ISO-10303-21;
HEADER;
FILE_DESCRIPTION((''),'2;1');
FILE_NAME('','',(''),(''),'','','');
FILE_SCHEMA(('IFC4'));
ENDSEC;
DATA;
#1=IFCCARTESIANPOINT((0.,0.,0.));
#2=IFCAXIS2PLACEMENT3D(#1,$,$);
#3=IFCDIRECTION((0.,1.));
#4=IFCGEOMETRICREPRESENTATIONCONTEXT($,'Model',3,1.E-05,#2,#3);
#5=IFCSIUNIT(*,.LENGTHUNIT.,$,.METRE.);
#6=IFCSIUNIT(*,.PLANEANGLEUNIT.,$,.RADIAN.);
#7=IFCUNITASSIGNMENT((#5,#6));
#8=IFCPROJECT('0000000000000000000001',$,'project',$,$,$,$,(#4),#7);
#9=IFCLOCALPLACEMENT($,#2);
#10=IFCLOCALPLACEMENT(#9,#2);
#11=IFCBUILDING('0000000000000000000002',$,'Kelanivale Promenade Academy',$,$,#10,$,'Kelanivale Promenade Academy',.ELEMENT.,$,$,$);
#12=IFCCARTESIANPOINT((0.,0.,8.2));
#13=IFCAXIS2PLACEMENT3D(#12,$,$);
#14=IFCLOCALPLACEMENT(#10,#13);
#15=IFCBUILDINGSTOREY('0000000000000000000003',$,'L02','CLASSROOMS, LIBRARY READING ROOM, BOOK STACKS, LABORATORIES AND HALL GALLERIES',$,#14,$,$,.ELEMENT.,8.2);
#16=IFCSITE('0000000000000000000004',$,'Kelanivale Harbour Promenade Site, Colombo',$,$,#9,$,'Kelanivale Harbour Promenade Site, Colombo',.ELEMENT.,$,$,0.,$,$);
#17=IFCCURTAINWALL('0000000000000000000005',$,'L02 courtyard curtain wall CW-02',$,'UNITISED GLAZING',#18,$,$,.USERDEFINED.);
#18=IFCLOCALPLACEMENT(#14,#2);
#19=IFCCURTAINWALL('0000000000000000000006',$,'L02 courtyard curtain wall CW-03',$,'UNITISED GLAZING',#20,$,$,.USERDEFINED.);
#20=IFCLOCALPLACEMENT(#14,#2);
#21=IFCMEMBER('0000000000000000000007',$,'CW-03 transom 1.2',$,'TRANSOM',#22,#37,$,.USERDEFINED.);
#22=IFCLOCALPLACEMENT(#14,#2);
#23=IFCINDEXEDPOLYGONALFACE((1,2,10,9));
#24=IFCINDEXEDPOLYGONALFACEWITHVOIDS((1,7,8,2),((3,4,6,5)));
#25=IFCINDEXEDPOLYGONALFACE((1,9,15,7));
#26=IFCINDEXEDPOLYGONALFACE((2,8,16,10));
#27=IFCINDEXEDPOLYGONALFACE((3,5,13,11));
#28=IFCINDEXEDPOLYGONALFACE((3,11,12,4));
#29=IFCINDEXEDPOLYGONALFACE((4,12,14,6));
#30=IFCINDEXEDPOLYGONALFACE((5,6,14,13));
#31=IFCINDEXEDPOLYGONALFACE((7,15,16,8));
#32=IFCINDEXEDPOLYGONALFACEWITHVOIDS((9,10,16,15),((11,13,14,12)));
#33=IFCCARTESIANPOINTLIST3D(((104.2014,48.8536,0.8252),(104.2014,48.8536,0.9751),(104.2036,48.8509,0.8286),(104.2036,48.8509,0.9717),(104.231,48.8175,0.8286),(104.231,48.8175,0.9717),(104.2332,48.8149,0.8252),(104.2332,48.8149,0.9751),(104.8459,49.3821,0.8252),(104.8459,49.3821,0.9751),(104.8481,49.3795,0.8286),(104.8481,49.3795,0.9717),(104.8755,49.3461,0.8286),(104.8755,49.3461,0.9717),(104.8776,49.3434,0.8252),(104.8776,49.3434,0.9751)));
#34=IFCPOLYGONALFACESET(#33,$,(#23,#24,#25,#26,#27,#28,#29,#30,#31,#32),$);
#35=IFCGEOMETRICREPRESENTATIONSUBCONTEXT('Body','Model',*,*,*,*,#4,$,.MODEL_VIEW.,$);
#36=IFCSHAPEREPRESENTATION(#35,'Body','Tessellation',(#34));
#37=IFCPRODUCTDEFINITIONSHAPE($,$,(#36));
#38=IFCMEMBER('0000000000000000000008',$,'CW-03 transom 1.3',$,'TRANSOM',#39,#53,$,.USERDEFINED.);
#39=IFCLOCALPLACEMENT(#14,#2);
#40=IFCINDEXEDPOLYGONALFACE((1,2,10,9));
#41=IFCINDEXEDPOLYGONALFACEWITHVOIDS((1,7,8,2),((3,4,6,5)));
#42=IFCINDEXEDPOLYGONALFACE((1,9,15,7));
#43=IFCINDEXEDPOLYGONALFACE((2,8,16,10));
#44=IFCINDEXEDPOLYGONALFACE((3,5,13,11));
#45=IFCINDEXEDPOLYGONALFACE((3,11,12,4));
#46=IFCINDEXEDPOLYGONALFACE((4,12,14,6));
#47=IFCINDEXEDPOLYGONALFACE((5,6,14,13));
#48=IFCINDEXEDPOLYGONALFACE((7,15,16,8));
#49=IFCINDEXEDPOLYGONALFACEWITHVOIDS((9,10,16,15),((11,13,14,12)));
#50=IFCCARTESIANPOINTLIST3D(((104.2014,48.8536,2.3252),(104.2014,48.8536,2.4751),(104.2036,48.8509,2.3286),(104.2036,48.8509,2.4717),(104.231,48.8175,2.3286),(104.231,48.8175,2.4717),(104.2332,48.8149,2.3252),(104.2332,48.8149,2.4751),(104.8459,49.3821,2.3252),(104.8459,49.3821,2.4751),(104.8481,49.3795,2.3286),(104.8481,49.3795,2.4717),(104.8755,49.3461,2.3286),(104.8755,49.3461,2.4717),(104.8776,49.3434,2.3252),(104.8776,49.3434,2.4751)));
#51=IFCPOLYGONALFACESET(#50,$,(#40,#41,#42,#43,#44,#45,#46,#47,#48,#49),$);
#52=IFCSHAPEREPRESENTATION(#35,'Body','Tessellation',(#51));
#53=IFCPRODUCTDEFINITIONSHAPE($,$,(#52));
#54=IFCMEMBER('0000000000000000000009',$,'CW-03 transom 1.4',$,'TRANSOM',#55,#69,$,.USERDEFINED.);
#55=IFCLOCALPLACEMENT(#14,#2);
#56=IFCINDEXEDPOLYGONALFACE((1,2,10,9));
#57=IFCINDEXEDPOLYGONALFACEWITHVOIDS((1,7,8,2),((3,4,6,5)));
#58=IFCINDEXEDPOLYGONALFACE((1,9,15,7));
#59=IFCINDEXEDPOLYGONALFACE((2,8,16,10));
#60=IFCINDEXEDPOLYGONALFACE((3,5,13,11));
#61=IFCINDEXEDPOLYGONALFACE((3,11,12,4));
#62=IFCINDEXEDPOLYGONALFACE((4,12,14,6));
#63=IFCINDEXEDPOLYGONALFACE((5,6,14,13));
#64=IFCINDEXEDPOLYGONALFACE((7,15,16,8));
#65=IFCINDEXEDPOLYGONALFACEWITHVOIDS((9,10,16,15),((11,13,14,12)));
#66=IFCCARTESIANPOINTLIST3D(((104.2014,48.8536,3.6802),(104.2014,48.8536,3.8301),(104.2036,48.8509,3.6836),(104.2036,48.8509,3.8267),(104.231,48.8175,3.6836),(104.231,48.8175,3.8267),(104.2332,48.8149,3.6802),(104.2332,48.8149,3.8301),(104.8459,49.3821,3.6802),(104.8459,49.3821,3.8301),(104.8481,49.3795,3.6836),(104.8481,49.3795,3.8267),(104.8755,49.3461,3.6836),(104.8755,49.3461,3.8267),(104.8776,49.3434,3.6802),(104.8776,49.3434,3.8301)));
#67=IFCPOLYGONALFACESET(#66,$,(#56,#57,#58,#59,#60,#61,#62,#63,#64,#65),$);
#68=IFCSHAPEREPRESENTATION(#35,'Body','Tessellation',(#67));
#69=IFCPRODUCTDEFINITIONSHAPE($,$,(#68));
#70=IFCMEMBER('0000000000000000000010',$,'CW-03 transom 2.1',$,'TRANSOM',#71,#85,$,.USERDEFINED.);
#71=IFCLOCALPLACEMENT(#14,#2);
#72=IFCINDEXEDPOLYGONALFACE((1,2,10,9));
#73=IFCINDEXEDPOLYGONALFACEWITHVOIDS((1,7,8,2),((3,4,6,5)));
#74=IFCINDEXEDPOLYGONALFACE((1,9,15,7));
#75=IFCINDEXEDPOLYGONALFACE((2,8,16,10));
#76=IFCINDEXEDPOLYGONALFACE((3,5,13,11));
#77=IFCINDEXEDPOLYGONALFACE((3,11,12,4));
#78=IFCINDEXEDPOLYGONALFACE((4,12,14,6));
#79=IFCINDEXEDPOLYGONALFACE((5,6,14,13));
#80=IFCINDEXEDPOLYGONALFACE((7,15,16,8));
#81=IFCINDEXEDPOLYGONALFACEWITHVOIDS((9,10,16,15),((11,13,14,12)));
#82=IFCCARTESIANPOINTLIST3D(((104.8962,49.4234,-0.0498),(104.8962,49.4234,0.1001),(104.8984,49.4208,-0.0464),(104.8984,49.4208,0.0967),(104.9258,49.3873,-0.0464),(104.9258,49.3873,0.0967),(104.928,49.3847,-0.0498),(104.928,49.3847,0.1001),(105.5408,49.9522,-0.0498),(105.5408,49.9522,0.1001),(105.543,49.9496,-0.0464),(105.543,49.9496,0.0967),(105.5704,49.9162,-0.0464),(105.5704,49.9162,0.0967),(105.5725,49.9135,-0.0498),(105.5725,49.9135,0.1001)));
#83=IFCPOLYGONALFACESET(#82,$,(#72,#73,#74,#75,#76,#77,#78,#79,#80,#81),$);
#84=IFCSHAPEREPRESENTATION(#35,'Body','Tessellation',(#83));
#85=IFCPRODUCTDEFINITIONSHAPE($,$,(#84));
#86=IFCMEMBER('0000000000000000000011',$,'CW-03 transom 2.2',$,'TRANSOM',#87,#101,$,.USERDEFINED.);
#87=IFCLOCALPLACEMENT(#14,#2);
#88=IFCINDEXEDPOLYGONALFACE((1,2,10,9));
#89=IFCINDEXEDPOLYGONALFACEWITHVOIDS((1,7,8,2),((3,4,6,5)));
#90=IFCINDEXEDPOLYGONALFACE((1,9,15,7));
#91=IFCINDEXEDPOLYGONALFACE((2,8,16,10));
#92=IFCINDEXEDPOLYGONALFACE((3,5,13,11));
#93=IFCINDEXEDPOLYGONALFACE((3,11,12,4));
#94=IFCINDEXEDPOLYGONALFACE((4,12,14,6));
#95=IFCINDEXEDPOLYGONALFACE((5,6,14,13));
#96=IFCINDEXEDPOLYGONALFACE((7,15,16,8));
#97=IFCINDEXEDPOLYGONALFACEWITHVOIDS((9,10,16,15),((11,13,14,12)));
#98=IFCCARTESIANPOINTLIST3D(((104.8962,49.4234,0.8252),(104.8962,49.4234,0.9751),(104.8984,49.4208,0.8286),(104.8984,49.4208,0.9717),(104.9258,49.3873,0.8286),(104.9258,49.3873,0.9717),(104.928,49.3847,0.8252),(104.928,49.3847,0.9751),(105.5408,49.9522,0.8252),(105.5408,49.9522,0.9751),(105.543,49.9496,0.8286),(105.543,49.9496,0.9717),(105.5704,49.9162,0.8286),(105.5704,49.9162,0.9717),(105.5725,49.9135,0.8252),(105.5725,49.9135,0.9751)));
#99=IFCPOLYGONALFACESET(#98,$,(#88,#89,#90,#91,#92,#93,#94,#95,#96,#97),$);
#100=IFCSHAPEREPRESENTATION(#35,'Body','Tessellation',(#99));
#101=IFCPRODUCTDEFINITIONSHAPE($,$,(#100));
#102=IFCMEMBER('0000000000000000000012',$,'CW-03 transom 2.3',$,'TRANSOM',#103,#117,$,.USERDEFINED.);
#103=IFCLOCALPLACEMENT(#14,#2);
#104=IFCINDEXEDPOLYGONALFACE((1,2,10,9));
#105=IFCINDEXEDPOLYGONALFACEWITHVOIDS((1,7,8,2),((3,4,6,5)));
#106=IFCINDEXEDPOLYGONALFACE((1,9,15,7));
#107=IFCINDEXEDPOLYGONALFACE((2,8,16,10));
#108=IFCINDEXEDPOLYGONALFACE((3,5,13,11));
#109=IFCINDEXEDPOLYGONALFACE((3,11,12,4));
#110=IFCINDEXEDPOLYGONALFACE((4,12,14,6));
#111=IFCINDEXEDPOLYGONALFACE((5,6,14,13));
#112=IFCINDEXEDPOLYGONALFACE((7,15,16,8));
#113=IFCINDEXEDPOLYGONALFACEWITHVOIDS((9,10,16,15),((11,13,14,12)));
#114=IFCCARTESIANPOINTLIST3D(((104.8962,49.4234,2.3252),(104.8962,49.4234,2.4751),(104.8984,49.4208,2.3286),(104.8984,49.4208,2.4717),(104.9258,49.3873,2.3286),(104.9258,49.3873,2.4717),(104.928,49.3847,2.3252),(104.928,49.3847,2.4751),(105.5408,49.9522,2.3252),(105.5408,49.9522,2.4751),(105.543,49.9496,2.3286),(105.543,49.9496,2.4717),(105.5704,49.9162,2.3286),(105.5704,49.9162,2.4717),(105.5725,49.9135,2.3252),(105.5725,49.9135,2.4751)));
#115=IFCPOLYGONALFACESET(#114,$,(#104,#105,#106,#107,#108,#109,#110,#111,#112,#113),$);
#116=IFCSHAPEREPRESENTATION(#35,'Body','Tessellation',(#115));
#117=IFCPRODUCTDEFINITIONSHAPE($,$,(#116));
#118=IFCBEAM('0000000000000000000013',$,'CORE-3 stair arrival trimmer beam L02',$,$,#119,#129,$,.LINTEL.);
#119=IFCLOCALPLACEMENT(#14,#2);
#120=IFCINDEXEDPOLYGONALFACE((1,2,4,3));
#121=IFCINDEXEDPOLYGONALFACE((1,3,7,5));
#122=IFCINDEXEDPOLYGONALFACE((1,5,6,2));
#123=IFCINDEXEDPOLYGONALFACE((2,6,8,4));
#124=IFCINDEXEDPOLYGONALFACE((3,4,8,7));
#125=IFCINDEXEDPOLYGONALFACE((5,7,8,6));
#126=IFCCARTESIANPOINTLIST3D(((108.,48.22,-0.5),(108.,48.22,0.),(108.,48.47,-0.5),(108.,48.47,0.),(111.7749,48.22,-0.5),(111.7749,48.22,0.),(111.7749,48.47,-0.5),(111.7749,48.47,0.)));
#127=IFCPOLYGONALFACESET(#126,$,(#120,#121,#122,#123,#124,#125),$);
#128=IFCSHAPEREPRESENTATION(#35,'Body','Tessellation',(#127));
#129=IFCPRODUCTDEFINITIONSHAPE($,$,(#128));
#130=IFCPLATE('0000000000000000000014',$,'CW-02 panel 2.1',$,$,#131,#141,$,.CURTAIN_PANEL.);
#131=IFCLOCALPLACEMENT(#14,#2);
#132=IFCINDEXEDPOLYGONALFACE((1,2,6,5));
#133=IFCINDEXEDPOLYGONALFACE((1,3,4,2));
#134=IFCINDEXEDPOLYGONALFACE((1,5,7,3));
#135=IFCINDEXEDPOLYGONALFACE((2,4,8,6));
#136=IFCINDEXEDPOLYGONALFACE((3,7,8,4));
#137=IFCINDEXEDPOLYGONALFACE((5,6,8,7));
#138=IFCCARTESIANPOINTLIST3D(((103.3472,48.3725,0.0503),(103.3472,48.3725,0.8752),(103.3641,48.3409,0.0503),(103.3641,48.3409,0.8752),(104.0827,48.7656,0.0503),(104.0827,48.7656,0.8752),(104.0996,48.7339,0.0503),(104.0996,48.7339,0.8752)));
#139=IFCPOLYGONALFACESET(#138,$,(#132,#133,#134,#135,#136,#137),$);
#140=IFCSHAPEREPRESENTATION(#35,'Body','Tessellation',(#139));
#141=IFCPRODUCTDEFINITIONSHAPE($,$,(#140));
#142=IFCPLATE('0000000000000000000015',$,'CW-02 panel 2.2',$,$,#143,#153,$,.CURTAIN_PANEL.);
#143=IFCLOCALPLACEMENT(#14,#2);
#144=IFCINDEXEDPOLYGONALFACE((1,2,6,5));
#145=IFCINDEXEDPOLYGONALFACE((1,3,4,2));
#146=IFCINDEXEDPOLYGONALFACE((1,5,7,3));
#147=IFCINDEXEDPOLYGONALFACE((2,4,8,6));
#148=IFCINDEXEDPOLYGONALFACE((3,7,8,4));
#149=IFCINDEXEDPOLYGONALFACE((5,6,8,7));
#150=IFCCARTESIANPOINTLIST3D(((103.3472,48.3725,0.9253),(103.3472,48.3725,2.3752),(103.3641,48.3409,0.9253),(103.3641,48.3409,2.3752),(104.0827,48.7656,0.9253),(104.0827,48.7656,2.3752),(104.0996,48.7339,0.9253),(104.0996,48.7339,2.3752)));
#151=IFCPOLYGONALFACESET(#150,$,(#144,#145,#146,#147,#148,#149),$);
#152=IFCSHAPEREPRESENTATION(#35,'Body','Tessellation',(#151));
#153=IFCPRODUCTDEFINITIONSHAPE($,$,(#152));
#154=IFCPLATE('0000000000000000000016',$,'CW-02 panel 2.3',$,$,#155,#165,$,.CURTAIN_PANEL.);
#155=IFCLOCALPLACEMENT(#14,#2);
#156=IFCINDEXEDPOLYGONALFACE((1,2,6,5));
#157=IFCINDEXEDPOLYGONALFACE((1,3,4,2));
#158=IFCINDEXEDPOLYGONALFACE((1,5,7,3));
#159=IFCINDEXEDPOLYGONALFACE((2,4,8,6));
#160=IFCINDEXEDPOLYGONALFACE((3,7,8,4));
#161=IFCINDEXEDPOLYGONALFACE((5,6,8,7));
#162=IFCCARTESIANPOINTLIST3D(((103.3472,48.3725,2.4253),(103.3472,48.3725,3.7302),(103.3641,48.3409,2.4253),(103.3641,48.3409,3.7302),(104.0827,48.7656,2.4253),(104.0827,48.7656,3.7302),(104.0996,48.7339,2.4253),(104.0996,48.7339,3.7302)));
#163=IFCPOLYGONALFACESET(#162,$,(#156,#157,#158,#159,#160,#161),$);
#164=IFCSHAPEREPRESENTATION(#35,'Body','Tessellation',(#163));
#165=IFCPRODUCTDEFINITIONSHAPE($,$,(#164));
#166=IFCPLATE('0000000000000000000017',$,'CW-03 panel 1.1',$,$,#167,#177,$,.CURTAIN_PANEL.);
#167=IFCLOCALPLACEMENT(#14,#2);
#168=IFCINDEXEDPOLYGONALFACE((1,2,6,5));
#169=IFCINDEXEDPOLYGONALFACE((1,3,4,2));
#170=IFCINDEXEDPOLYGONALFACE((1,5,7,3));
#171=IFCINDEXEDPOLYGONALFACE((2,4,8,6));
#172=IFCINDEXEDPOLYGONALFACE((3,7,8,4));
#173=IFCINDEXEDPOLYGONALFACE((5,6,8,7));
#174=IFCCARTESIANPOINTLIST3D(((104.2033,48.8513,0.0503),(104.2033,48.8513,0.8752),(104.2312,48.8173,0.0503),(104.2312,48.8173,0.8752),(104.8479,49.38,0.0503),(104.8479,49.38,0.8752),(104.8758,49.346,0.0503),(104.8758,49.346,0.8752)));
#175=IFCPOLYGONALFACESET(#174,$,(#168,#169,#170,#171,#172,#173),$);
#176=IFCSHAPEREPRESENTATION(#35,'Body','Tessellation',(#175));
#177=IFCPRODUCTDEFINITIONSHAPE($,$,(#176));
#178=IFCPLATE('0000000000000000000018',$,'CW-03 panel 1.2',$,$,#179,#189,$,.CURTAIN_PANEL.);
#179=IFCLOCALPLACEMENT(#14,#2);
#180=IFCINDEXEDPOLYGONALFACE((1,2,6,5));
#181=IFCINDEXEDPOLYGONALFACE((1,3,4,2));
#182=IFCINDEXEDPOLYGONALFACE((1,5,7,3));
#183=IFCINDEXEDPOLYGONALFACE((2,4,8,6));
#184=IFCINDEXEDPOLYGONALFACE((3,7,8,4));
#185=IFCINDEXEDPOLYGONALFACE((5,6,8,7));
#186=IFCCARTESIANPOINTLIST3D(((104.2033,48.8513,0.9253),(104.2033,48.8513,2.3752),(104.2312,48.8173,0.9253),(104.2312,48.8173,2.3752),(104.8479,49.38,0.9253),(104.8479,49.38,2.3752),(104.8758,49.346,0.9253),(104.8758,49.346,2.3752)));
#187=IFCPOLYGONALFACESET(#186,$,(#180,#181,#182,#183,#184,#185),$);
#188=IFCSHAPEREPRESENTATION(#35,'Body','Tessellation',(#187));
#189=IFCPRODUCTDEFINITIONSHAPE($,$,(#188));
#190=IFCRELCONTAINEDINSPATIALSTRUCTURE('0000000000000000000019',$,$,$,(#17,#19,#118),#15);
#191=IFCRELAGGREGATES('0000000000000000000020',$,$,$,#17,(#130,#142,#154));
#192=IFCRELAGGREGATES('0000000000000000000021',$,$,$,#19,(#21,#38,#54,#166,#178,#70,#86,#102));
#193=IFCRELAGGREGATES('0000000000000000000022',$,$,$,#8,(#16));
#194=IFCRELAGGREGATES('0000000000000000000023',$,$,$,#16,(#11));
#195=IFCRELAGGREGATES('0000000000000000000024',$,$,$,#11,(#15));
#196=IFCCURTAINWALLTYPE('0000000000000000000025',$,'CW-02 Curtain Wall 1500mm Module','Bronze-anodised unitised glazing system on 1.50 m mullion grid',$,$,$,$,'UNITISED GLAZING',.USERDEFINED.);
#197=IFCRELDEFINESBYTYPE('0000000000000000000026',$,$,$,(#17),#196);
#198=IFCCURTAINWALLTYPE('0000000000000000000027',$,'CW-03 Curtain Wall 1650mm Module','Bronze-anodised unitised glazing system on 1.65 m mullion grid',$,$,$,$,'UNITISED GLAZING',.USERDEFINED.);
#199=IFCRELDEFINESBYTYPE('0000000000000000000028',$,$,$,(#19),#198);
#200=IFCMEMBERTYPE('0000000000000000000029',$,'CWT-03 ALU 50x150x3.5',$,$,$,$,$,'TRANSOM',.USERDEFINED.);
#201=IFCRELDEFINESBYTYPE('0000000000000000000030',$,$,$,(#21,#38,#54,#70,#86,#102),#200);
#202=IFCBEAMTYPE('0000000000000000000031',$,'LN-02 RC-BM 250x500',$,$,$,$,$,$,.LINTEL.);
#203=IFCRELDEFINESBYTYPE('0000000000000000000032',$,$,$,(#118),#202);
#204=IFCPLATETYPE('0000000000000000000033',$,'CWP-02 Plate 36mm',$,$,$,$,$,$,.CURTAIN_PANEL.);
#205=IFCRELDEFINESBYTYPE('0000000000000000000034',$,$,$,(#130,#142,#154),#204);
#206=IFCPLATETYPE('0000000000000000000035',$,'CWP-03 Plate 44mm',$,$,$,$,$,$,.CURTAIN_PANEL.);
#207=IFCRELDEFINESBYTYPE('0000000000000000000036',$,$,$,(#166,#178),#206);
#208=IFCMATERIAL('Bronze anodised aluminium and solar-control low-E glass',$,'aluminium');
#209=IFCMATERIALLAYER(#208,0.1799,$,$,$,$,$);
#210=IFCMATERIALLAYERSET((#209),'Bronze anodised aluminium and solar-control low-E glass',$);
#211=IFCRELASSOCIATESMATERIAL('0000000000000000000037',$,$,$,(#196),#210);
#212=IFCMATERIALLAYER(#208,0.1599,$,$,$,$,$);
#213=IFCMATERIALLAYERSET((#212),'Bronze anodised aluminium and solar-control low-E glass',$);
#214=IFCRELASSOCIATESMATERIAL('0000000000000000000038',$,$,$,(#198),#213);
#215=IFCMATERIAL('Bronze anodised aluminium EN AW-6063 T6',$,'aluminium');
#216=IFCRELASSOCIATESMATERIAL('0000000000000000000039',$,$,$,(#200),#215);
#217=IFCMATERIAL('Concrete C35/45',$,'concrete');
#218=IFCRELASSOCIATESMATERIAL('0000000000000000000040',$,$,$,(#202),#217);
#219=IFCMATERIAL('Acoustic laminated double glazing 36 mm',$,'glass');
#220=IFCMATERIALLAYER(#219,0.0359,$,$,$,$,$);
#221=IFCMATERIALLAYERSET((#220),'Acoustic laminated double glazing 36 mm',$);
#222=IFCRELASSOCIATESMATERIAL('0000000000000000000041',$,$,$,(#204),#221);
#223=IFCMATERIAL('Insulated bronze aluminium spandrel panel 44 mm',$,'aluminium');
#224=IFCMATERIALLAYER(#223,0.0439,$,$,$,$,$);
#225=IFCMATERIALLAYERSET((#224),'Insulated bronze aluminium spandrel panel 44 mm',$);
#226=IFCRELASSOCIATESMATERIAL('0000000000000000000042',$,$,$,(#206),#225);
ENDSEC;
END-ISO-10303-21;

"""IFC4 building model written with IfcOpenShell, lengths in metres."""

from ifc_helpers import new_model, si_unit, direction, frame, origin, origin_2d, place, context, subcontext, project, spatial, rectangle, hollow_rectangle, extrude, material, layer, layer_set, material_profile, profile_set, type_object, element, aggregate, save


model = new_model("IFC4")

# Units and contexts
model_context = context("Model", 3, precision=1e-05, world=origin(), true_north=direction((0.0, 1.0)))
body_context = subcontext(model_context, "Body", "Model", "MODEL_VIEW")
ifc_project = project(units=[si_unit("LENGTHUNIT", "METRE"), si_unit("PLANEANGLEUNIT", "RADIAN")], contexts=[model_context])

# Site, building, storey
site_placement = place(None, origin())
site = spatial("IfcSite", under=ifc_project, at=site_placement, Name="Kelanivale Harbour Promenade Site, Colombo", LongName="Kelanivale Harbour Promenade Site, Colombo", CompositionType="ELEMENT", RefElevation=0.0)
building_placement = place(site_placement, origin())
building = spatial("IfcBuilding", under=site, at=building_placement, Name="Kelanivale Promenade Academy", LongName="Kelanivale Promenade Academy", CompositionType="ELEMENT")
storey_placement = place(building_placement, frame((0.0, 0.0, 8.2)))
storey = spatial("IfcBuildingStorey", under=building, at=storey_placement, Name="L02", Description="CLASSROOMS, LIBRARY READING ROOM, BOOK STACKS, LABORATORIES AND HALL GALLERIES", CompositionType="ELEMENT", Elevation=8.2)

# Curtain walls
ifc_material_1 = material(Name="Bronze anodised aluminium and solar-control low-E glass", Category="aluminium")
ifc_layer_1 = layer(ifc_material_1, 0.1799)
ifc_layer_set_1 = layer_set([ifc_layer_1], Name="Bronze anodised aluminium and solar-control low-E glass")
curtain_wall_type_1 = type_object("IfcCurtainWallType", Name="CW-02 Curtain Wall 1500mm Module", Description="Bronze-anodised unitised glazing system on 1.50 m mullion grid", ElementType="UNITISED GLAZING", PredefinedType="USERDEFINED", material=ifc_layer_set_1)
curtain_wall_1_placement = place(storey_placement, origin())
curtain_wall_1 = element("IfcCurtainWall", 1, at=curtain_wall_1_placement, inside=storey, type_object=curtain_wall_type_1, Name="L02 courtyard curtain wall CW-02", ObjectType="UNITISED GLAZING", PredefinedType="USERDEFINED")
ifc_material_2 = material(Name="Bronze anodised aluminium EN AW-6063 T6", Category="aluminium")
ifc_layer_2 = layer(ifc_material_1, 0.1599)
ifc_layer_set_2 = layer_set([ifc_layer_2], Name="Bronze anodised aluminium and solar-control low-E glass")
curtain_wall_type_2 = type_object("IfcCurtainWallType", Name="CW-03 Curtain Wall 1650mm Module", Description="Bronze-anodised unitised glazing system on 1.65 m mullion grid", ElementType="UNITISED GLAZING", PredefinedType="USERDEFINED", material=ifc_layer_set_2)
curtain_wall_2_placement = place(storey_placement, origin())
curtain_wall_2 = element("IfcCurtainWall", 2, at=curtain_wall_2_placement, inside=storey, type_object=curtain_wall_type_2, Name="L02 courtyard curtain wall CW-03", ObjectType="UNITISED GLAZING", PredefinedType="USERDEFINED")

# Members
ifc_material_profile_1 = material_profile(ifc_material_2, hollow_rectangle(XDim=0.05, YDim=0.1499, WallThickness=0.0034, at=origin_2d()), Name="ALU 50x150x3.5")
ifc_profile_set_1 = profile_set([ifc_material_profile_1], Name="Bronze anodised aluminium EN AW-6063 T6")
member_type_1 = type_object("IfcMemberType", Name="CWT-03 ALU 50x150x3.5", ElementType="TRANSOM", PredefinedType="USERDEFINED", material=ifc_profile_set_1)
member_1_placement = place(storey_placement, frame((104.2173, 48.8342, 0.9001), z_axis=(0.773239, 0.634115, 0.0), x_axis=(-0.634115, 0.773239, 0.0)))
member_1 = element("IfcMember", 3, at=member_1_placement, type_object=member_type_1, Name="CW-03 transom 1.2", ObjectType="TRANSOM", PredefinedType="USERDEFINED", context=body_context, shape_type="SweptSolid", body=[
    extrude(hollow_rectangle(XDim=0.05, YDim=0.1499, WallThickness=0.0034, at=origin_2d()), origin(), (0.0, 0.0, 1.0), 0.8335),
])
member_2_placement = place(storey_placement, frame((104.2173, 48.8342, 2.4001), z_axis=(0.773239, 0.634115, 0.0), x_axis=(-0.634115, 0.773239, 0.0)))
member_2 = element("IfcMember", 4, at=member_2_placement, type_object=member_type_1, Name="CW-03 transom 1.3", ObjectType="TRANSOM", PredefinedType="USERDEFINED", context=body_context, shape_type="SweptSolid", body=[
    extrude(hollow_rectangle(XDim=0.05, YDim=0.1499, WallThickness=0.0034, at=origin_2d()), origin(), (0.0, 0.0, 1.0), 0.8335),
])
member_3_placement = place(storey_placement, frame((104.2173, 48.8342, 3.7551), z_axis=(0.773239, 0.634115, 0.0), x_axis=(-0.634115, 0.773239, 0.0)))
member_3 = element("IfcMember", 5, at=member_3_placement, type_object=member_type_1, Name="CW-03 transom 1.4", ObjectType="TRANSOM", PredefinedType="USERDEFINED", context=body_context, shape_type="SweptSolid", body=[
    extrude(hollow_rectangle(XDim=0.05, YDim=0.1499, WallThickness=0.0034, at=origin_2d()), origin(), (0.0, 0.0, 1.0), 0.8335),
])
member_4_placement = place(storey_placement, frame((104.9121, 49.4041, 0.0251), z_axis=(0.773095, 0.63429, 0.0), x_axis=(-0.63429, 0.773095, 0.0)))
member_4 = element("IfcMember", 6, at=member_4_placement, type_object=member_type_1, Name="CW-03 transom 2.1", ObjectType="TRANSOM", PredefinedType="USERDEFINED", context=body_context, shape_type="SweptSolid", body=[
    extrude(hollow_rectangle(XDim=0.05, YDim=0.1499, WallThickness=0.0034, at=origin_2d()), origin(), (0.0, 0.0, 1.0), 0.8337),
])
member_5_placement = place(storey_placement, frame((104.9121, 49.4041, 0.9001), z_axis=(0.773095, 0.63429, 0.0), x_axis=(-0.63429, 0.773095, 0.0)))
member_5 = element("IfcMember", 7, at=member_5_placement, type_object=member_type_1, Name="CW-03 transom 2.2", ObjectType="TRANSOM", PredefinedType="USERDEFINED", context=body_context, shape_type="SweptSolid", body=[
    extrude(hollow_rectangle(XDim=0.05, YDim=0.1499, WallThickness=0.0034, at=origin_2d()), origin(), (0.0, 0.0, 1.0), 0.8337),
])
member_6_placement = place(storey_placement, frame((104.9121, 49.4041, 2.4001), z_axis=(0.773095, 0.63429, 0.0), x_axis=(-0.63429, 0.773095, 0.0)))
member_6 = element("IfcMember", 8, at=member_6_placement, type_object=member_type_1, Name="CW-03 transom 2.3", ObjectType="TRANSOM", PredefinedType="USERDEFINED", context=body_context, shape_type="SweptSolid", body=[
    extrude(hollow_rectangle(XDim=0.05, YDim=0.1499, WallThickness=0.0034, at=origin_2d()), origin(), (0.0, 0.0, 1.0), 0.8337),
])

# Beam
ifc_material_3 = material(Name="Concrete C35/45", Category="concrete")
ifc_material_profile_2 = material_profile(ifc_material_3, rectangle(XDim=0.25, YDim=0.5, at=origin_2d()), Name="RC-BM 250x500")
ifc_profile_set_2 = profile_set([ifc_material_profile_2], Name="Concrete C35/45")
beam_type = type_object("IfcBeamType", Name="LN-02 RC-BM 250x500", PredefinedType="LINTEL", material=ifc_profile_set_2)
beam_placement = place(storey_placement, frame((108.0, 48.345, -0.25), z_axis=(1.0, 0.0, 0.0), x_axis=(0.0, 1.0, 0.0)))
element("IfcBeam", 9, at=beam_placement, inside=storey, type_object=beam_type, Name="CORE-3 stair arrival trimmer beam L02", PredefinedType="LINTEL", context=body_context, shape_type="SweptSolid", body=[
    extrude(rectangle(XDim=0.25, YDim=0.5, at=origin_2d()), origin(), (0.0, 0.0, 1.0), 3.7749),
])

# Plates
ifc_material_4 = material(Name="Acoustic laminated double glazing 36 mm", Category="glass")
ifc_layer_3 = layer(ifc_material_4, 0.0359)
ifc_layer_set_3 = layer_set([ifc_layer_3], Name="Acoustic laminated double glazing 36 mm")
plate_type_1 = type_object("IfcPlateType", Name="CWP-02 Plate 36mm", PredefinedType="CURTAIN_PANEL", material=ifc_layer_set_3)
plate_1_placement = place(storey_placement, frame((103.7234, 48.5532, 0.0503), z_axis=(0.0, 0.0, 1.0), x_axis=(0.881978, 0.47129, 0.0)))
plate_1 = element("IfcPlate", 10, at=plate_1_placement, type_object=plate_type_1, Name="CW-02 panel 2.1", PredefinedType="CURTAIN_PANEL", context=body_context, shape_type="SweptSolid", body=[
    extrude(rectangle(XDim=0.834, YDim=0.0359, at=origin_2d()), origin(), (0.0, 0.0, 1.0), 0.825),
])
plate_2_placement = place(storey_placement, frame((103.7234, 48.5532, 0.9253), z_axis=(0.0, 0.0, 1.0), x_axis=(0.881978, 0.47129, 0.0)))
plate_2 = element("IfcPlate", 11, at=plate_2_placement, type_object=plate_type_1, Name="CW-02 panel 2.2", PredefinedType="CURTAIN_PANEL", context=body_context, shape_type="SweptSolid", body=[
    extrude(rectangle(XDim=0.834, YDim=0.0359, at=origin_2d()), origin(), (0.0, 0.0, 1.0), 1.45),
])
plate_3_placement = place(storey_placement, frame((103.7234, 48.5532, 2.4253), z_axis=(0.0, 0.0, 1.0), x_axis=(0.881978, 0.47129, 0.0)))
plate_3 = element("IfcPlate", 12, at=plate_3_placement, type_object=plate_type_1, Name="CW-02 panel 2.3", PredefinedType="CURTAIN_PANEL", context=body_context, shape_type="SweptSolid", body=[
    extrude(rectangle(XDim=0.834, YDim=0.0359, at=origin_2d()), origin(), (0.0, 0.0, 1.0), 1.3049),
])
aggregate(curtain_wall_1, [plate_1, plate_2, plate_3])
ifc_material_5 = material(Name="Insulated bronze aluminium spandrel panel 44 mm", Category="aluminium")
ifc_layer_4 = layer(ifc_material_5, 0.0439)
ifc_layer_set_4 = layer_set([ifc_layer_4], Name="Insulated bronze aluminium spandrel panel 44 mm")
plate_type_2 = type_object("IfcPlateType", Name="CWP-03 Plate 44mm", PredefinedType="CURTAIN_PANEL", material=ifc_layer_set_4)
plate_4_placement = place(storey_placement, frame((104.5396, 49.0986, 0.0503), z_axis=(0.0, 0.0, 1.0), x_axis=(0.773215, 0.634144, 0.0)))
plate_4 = element("IfcPlate", 13, at=plate_4_placement, type_object=plate_type_2, Name="CW-03 panel 1.1", PredefinedType="CURTAIN_PANEL", context=body_context, shape_type="SweptSolid", body=[
    extrude(rectangle(XDim=0.8337, YDim=0.0439, at=origin_2d()), origin(), (0.0, 0.0, 1.0), 0.825),
])
plate_5_placement = place(storey_placement, frame((104.5396, 49.0986, 0.9253), z_axis=(0.0, 0.0, 1.0), x_axis=(0.773215, 0.634144, 0.0)))
plate_5 = element("IfcPlate", 14, at=plate_5_placement, type_object=plate_type_2, Name="CW-03 panel 1.2", PredefinedType="CURTAIN_PANEL", context=body_context, shape_type="SweptSolid", body=[
    extrude(rectangle(XDim=0.8337, YDim=0.0439, at=origin_2d()), origin(), (0.0, 0.0, 1.0), 1.45),
])
aggregate(curtain_wall_2, [member_1, member_2, member_3, plate_4, plate_5, member_4, member_5, member_6])

save(model, "model.ifc")
